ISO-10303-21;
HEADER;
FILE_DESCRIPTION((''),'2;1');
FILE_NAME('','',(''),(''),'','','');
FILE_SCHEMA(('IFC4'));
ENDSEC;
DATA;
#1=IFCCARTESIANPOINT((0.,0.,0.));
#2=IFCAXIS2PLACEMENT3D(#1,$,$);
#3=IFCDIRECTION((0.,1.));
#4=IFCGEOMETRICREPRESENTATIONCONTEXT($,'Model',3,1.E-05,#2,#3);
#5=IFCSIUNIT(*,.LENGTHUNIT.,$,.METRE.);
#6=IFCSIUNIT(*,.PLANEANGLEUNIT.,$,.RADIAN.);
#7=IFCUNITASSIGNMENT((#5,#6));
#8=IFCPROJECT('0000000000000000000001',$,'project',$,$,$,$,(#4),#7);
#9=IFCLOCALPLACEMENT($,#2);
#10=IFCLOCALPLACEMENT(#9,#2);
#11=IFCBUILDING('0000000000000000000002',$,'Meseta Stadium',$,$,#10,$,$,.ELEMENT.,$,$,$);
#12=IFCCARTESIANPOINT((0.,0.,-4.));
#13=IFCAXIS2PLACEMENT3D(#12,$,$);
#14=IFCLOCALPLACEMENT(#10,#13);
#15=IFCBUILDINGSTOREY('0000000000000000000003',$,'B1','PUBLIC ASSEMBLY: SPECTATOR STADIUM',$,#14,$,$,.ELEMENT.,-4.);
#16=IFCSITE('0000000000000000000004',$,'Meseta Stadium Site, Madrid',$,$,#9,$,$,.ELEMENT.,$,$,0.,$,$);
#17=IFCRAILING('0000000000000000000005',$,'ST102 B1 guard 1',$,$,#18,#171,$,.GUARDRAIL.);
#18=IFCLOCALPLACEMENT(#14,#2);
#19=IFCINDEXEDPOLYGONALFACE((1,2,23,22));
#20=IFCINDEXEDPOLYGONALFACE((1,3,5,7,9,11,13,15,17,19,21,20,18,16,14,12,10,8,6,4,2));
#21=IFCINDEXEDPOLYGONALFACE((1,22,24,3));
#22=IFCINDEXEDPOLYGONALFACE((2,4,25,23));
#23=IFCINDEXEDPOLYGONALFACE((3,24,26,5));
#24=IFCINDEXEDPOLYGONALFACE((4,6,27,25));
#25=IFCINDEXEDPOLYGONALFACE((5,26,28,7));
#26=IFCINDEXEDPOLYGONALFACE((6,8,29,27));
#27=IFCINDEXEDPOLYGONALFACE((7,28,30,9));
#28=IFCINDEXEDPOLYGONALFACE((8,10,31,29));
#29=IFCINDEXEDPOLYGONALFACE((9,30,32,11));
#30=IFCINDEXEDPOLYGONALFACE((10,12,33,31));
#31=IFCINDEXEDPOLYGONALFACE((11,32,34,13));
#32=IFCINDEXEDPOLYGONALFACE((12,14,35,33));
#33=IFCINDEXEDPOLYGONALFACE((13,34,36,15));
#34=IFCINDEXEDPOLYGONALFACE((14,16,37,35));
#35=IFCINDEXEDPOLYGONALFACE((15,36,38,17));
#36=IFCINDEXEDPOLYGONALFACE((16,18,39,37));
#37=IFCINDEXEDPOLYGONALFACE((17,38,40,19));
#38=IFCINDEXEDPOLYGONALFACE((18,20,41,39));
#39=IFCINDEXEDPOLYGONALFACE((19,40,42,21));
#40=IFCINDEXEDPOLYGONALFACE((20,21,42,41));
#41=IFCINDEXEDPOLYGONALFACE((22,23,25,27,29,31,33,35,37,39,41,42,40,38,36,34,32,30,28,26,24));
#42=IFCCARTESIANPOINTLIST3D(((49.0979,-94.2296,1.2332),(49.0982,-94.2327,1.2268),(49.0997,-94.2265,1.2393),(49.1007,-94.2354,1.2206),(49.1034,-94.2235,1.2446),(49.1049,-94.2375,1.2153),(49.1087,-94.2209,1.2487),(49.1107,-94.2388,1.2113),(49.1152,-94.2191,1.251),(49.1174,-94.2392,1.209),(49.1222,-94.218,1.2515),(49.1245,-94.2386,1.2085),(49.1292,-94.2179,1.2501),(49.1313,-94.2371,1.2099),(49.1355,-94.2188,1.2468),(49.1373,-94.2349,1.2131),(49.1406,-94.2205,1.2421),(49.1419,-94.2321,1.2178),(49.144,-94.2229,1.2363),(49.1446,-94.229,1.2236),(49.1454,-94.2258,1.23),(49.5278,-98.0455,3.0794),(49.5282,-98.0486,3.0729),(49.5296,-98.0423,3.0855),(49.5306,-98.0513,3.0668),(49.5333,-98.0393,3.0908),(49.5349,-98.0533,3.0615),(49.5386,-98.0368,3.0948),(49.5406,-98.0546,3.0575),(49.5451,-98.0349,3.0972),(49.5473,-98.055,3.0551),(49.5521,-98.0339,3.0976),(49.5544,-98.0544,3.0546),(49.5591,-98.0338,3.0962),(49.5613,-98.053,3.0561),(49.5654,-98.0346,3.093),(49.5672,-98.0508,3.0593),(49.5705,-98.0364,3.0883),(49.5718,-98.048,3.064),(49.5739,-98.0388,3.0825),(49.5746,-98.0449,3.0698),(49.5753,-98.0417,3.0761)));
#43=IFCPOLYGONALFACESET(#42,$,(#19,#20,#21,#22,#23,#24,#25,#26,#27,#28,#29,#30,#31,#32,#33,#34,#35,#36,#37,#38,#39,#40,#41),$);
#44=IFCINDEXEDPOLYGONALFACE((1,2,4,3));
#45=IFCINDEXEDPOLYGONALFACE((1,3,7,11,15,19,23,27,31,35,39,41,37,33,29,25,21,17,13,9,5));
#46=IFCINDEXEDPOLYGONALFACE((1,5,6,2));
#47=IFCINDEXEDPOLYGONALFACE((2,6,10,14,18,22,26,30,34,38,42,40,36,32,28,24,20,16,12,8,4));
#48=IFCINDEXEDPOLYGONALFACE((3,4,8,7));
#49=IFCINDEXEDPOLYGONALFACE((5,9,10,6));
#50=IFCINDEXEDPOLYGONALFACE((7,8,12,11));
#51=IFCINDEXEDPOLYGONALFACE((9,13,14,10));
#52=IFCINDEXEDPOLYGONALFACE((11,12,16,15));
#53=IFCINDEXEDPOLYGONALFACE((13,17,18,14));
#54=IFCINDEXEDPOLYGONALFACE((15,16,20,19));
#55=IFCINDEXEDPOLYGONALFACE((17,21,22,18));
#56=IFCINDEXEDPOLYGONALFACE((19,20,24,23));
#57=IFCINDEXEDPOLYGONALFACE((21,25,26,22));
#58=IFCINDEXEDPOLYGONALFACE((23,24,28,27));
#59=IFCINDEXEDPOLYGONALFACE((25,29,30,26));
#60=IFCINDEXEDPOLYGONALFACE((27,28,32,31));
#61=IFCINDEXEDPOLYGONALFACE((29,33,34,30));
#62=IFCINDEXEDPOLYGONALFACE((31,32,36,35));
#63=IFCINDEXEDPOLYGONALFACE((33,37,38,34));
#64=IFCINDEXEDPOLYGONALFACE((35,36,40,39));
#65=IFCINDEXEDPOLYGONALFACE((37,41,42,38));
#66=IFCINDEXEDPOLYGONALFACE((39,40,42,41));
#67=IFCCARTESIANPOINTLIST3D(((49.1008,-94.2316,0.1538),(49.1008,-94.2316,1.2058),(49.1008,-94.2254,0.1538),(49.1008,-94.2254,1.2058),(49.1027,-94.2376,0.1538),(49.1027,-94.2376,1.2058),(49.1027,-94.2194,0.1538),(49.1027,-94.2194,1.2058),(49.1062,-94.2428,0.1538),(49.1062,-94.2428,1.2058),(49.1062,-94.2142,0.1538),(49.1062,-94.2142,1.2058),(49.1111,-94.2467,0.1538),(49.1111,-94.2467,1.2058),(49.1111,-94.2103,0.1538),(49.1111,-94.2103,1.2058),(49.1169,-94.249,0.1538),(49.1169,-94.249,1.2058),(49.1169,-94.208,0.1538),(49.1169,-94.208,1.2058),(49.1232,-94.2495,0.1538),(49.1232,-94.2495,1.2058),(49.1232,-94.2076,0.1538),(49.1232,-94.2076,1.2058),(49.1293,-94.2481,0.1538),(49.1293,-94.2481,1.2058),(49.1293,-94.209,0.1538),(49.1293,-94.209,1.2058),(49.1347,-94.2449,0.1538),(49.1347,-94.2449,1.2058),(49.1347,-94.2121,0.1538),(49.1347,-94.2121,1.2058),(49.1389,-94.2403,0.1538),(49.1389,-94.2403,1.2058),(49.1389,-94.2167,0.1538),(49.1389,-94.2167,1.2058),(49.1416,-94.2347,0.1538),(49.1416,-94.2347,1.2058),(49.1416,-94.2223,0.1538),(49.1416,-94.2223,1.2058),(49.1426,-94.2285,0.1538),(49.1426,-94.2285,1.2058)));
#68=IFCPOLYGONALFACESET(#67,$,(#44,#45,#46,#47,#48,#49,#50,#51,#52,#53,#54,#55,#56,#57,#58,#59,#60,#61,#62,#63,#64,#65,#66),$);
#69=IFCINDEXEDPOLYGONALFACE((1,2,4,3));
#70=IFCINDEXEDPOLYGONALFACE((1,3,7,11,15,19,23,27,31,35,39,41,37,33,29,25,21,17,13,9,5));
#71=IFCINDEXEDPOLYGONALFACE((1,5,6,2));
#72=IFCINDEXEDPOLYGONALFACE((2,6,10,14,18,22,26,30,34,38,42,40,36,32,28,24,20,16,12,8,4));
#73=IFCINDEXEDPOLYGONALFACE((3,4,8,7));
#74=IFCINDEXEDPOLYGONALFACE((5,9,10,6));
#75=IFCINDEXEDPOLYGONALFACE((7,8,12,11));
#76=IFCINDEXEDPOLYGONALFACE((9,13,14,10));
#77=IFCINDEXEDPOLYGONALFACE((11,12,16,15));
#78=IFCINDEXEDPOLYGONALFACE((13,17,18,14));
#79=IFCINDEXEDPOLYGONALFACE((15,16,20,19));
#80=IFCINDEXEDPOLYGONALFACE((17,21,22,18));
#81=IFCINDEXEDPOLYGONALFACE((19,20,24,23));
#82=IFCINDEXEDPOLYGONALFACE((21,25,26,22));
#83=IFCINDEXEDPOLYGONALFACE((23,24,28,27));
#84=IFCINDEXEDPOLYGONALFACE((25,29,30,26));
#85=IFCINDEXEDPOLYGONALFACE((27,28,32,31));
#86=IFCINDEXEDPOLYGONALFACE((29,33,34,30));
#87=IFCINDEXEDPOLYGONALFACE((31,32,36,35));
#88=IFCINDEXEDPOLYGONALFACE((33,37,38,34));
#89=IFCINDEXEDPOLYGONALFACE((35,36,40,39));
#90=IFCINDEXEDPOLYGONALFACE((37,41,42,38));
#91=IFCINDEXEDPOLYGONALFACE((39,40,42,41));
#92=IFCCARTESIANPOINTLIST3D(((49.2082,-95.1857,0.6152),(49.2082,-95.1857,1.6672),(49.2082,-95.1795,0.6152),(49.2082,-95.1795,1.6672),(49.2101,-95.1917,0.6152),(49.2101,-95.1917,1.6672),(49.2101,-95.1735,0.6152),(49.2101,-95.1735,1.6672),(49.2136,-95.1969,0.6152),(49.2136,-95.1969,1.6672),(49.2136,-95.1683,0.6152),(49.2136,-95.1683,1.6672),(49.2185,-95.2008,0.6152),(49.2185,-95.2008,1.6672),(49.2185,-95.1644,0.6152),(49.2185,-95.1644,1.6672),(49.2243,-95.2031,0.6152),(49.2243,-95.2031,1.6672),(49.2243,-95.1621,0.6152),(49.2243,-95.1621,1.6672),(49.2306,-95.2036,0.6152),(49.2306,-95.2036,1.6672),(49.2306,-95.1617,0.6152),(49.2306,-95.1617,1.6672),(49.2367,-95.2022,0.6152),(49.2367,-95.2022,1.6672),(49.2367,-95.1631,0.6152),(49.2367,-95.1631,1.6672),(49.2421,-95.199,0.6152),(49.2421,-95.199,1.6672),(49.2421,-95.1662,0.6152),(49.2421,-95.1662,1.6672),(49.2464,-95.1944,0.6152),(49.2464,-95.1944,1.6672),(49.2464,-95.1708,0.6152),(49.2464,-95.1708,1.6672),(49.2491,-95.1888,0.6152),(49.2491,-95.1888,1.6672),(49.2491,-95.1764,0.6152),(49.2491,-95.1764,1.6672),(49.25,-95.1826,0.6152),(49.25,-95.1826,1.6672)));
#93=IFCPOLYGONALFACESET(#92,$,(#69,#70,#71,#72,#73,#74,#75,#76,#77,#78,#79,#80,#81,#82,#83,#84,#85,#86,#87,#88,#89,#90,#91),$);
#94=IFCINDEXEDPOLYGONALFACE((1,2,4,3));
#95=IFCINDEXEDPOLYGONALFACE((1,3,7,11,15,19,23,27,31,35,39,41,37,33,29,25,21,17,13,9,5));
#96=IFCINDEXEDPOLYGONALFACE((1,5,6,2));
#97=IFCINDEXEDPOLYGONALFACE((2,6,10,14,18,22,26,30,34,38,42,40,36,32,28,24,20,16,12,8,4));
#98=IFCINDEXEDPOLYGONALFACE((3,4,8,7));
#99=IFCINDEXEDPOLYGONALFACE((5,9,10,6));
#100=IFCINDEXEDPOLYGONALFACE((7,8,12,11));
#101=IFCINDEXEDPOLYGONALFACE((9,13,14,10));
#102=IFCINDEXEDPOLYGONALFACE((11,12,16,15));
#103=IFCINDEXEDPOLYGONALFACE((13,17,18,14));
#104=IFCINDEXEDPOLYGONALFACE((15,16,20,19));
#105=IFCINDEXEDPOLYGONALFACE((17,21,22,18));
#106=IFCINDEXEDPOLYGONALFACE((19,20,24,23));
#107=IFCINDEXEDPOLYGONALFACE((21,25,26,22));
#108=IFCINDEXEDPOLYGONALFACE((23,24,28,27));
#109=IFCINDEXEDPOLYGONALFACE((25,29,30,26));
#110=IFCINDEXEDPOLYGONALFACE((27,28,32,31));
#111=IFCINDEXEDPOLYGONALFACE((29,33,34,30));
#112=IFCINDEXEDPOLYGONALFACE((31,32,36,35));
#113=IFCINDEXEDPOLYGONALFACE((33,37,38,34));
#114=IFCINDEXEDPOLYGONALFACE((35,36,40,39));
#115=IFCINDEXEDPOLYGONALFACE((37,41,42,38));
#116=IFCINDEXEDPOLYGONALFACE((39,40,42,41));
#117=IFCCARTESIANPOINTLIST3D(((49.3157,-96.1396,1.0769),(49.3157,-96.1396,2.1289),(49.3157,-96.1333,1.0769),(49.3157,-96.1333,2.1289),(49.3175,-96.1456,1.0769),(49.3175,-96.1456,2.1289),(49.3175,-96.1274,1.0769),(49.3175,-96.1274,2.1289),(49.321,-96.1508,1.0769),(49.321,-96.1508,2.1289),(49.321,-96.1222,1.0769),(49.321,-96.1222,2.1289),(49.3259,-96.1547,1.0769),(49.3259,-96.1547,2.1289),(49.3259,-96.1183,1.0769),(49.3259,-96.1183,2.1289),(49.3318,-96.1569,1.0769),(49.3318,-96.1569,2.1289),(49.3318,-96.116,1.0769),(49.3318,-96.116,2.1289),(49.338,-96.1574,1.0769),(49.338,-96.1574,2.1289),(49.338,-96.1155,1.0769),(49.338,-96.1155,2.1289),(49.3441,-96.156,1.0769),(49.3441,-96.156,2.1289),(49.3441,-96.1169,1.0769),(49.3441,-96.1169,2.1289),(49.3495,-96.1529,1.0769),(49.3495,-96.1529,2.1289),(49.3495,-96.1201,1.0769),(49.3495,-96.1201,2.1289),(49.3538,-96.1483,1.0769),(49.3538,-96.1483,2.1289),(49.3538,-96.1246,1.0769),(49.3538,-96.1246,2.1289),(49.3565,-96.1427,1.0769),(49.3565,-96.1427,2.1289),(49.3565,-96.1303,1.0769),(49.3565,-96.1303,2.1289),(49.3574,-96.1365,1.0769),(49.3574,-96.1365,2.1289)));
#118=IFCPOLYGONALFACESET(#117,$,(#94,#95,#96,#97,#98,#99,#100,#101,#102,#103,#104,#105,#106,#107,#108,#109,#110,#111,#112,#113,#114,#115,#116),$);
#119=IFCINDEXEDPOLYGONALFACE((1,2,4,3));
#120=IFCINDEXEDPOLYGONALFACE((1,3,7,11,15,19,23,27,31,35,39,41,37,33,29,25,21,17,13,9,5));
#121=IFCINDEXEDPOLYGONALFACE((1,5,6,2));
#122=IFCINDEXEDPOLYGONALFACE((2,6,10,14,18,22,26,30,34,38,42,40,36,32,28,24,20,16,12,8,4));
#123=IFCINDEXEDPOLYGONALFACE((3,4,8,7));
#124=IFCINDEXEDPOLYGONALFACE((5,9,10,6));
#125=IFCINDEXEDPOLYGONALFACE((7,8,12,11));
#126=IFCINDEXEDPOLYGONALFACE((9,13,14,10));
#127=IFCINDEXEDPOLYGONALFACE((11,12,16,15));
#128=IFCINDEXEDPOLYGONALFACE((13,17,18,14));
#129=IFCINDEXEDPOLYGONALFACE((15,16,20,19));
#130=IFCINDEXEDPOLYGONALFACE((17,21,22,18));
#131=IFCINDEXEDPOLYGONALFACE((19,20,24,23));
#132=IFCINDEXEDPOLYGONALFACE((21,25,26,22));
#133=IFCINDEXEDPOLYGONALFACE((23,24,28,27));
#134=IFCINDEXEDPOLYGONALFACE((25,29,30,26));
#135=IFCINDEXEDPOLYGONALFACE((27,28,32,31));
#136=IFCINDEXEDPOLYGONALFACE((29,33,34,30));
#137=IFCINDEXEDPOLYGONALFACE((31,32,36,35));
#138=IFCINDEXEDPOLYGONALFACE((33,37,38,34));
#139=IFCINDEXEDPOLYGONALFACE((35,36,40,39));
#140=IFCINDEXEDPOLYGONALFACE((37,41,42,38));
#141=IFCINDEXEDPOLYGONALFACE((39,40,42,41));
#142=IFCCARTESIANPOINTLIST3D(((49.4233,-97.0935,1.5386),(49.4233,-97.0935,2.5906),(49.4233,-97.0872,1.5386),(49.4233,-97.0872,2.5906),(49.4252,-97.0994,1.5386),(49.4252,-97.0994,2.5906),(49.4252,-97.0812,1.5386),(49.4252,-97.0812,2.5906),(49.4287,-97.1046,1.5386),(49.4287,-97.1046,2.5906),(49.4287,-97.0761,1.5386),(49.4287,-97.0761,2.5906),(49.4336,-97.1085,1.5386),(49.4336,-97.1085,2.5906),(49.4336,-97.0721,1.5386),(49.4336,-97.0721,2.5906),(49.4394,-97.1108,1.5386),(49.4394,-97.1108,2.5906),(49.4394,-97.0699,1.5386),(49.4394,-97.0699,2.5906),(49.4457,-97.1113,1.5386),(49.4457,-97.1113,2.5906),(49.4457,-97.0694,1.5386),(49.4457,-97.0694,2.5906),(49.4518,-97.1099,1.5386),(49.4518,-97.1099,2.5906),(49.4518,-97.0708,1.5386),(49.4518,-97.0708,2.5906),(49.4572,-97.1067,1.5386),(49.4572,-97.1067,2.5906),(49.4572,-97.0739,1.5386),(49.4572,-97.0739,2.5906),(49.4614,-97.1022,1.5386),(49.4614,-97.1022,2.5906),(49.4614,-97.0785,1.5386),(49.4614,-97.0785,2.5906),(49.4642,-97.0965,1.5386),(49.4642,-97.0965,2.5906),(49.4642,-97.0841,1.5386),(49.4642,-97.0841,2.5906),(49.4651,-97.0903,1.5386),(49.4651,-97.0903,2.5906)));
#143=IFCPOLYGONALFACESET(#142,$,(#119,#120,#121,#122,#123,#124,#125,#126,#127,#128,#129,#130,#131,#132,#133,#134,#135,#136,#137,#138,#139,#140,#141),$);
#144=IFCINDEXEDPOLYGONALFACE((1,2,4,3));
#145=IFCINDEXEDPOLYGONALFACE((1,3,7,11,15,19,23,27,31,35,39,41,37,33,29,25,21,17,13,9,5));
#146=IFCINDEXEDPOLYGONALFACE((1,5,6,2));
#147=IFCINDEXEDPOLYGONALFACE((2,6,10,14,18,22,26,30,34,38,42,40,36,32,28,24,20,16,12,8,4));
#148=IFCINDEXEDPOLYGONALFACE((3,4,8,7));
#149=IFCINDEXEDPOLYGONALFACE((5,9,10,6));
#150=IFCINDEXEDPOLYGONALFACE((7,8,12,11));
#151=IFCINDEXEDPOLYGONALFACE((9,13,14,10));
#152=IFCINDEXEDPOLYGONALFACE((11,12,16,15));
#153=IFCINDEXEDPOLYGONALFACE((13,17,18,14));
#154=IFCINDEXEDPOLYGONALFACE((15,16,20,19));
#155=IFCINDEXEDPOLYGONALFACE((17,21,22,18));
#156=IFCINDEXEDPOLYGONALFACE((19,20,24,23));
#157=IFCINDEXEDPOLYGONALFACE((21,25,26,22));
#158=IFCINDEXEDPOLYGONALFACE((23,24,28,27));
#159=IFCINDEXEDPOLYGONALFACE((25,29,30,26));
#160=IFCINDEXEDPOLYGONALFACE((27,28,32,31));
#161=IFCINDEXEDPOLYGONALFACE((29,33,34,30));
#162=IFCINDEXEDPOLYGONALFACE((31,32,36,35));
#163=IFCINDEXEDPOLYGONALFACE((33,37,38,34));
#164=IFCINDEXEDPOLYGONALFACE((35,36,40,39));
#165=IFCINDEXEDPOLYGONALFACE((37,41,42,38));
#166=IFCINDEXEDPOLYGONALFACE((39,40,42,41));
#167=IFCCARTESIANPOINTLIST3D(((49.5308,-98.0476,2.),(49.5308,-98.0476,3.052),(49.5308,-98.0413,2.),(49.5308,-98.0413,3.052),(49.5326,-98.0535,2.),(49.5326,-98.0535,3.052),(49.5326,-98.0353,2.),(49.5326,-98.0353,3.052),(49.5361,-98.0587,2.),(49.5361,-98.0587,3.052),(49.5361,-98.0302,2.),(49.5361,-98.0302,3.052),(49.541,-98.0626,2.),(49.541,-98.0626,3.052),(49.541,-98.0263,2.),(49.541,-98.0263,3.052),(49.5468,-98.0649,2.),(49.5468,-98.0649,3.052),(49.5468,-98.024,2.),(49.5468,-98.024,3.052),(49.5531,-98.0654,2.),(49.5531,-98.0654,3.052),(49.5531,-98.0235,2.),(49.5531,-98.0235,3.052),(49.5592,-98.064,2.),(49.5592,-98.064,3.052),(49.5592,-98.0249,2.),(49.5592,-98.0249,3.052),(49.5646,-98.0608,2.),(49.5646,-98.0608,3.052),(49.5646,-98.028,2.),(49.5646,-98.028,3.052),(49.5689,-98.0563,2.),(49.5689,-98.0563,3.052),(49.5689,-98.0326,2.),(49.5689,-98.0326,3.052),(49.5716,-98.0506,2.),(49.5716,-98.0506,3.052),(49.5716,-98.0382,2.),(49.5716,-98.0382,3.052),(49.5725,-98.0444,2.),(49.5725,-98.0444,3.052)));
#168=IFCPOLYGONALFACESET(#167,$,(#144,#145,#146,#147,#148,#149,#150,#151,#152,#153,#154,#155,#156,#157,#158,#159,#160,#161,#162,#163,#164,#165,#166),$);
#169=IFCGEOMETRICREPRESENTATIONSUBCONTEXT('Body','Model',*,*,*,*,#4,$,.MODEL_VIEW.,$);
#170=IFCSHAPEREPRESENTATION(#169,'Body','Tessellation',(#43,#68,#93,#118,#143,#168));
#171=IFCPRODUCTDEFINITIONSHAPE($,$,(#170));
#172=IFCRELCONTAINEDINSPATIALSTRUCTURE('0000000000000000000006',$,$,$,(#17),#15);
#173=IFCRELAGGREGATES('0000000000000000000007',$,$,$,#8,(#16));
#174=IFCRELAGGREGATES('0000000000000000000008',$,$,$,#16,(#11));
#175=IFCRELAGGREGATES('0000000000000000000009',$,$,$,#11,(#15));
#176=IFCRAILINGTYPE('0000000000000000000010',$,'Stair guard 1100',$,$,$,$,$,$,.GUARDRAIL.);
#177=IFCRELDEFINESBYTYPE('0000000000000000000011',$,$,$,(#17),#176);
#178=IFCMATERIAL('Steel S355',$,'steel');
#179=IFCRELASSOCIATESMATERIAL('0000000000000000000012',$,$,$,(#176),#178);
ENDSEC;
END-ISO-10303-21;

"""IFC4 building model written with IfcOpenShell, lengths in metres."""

from ifc_helpers import new_model, si_unit, direction, frame, origin, origin_2d, place, context, subcontext, project, spatial, circle, extrude, material, type_object, element, save


model = new_model("IFC4")

# Units and contexts
model_context = context("Model", 3, precision=1e-05, world=origin(), true_north=direction((0.0, 1.0)))
body_context = subcontext(model_context, "Body", "Model", "MODEL_VIEW")
ifc_project = project(units=[si_unit("LENGTHUNIT", "METRE"), si_unit("PLANEANGLEUNIT", "RADIAN")], contexts=[model_context])

# Site, building, storey
site_placement = place(None, origin())
site = spatial("IfcSite", under=ifc_project, at=site_placement, Name="Meseta Stadium Site, Madrid", CompositionType="ELEMENT", RefElevation=0.0)
building_placement = place(site_placement, origin())
building = spatial("IfcBuilding", under=site, at=building_placement, Name="Meseta Stadium", CompositionType="ELEMENT")
storey_placement = place(building_placement, frame((0.0, 0.0, -4.0)))
storey = spatial("IfcBuildingStorey", under=building, at=storey_placement, Name="B1", Description="PUBLIC ASSEMBLY: SPECTATOR STADIUM", CompositionType="ELEMENT", Elevation=-4.0)

# Railing
ifc_material_1 = material(Name="Steel S355", Category="steel")
railing_type_1 = type_object("IfcRailingType", Name="Stair guard 1100", PredefinedType="GUARDRAIL", material=ifc_material_1)
railing_1_placement = place(storey_placement, frame((49.1216, -94.2285, 0.1538)))
element("IfcRailing", 1, at=railing_1_placement, inside=storey, type_object=railing_type_1, Name="ST102 B1 guard 1", PredefinedType="GUARDRAIL", context=body_context, shape_type="SweptSolid", body=[
    extrude(circle(Radius=0.0239, at=origin_2d()), frame((0.0, 0.0, 1.0762), z_axis=(0.100904, -0.895585, 0.433296), x_axis=(0.993713, 0.11196, 0.0)), (0.0, 0.0, 1.0), 4.2607),
    extrude(circle(Radius=0.021, at=origin_2d()), origin(), (0.0, 0.0, 1.0), 1.052),
    extrude(circle(Radius=0.021, at=origin_2d()), frame((0.1074, -0.9541, 0.4614)), (0.0, 0.0, 1.0), 1.052),
    extrude(circle(Radius=0.021, at=origin_2d()), frame((0.2148, -1.908, 0.9231)), (0.0, 0.0, 1.0), 1.052),
    extrude(circle(Radius=0.021, at=origin_2d()), frame((0.3225, -2.8618, 1.3848)), (0.0, 0.0, 1.0), 1.052),
    extrude(circle(Radius=0.021, at=origin_2d()), frame((0.4299, -3.8159, 1.8462)), (0.0, 0.0, 1.0), 1.052),
])

save(model, "model.ifc")
